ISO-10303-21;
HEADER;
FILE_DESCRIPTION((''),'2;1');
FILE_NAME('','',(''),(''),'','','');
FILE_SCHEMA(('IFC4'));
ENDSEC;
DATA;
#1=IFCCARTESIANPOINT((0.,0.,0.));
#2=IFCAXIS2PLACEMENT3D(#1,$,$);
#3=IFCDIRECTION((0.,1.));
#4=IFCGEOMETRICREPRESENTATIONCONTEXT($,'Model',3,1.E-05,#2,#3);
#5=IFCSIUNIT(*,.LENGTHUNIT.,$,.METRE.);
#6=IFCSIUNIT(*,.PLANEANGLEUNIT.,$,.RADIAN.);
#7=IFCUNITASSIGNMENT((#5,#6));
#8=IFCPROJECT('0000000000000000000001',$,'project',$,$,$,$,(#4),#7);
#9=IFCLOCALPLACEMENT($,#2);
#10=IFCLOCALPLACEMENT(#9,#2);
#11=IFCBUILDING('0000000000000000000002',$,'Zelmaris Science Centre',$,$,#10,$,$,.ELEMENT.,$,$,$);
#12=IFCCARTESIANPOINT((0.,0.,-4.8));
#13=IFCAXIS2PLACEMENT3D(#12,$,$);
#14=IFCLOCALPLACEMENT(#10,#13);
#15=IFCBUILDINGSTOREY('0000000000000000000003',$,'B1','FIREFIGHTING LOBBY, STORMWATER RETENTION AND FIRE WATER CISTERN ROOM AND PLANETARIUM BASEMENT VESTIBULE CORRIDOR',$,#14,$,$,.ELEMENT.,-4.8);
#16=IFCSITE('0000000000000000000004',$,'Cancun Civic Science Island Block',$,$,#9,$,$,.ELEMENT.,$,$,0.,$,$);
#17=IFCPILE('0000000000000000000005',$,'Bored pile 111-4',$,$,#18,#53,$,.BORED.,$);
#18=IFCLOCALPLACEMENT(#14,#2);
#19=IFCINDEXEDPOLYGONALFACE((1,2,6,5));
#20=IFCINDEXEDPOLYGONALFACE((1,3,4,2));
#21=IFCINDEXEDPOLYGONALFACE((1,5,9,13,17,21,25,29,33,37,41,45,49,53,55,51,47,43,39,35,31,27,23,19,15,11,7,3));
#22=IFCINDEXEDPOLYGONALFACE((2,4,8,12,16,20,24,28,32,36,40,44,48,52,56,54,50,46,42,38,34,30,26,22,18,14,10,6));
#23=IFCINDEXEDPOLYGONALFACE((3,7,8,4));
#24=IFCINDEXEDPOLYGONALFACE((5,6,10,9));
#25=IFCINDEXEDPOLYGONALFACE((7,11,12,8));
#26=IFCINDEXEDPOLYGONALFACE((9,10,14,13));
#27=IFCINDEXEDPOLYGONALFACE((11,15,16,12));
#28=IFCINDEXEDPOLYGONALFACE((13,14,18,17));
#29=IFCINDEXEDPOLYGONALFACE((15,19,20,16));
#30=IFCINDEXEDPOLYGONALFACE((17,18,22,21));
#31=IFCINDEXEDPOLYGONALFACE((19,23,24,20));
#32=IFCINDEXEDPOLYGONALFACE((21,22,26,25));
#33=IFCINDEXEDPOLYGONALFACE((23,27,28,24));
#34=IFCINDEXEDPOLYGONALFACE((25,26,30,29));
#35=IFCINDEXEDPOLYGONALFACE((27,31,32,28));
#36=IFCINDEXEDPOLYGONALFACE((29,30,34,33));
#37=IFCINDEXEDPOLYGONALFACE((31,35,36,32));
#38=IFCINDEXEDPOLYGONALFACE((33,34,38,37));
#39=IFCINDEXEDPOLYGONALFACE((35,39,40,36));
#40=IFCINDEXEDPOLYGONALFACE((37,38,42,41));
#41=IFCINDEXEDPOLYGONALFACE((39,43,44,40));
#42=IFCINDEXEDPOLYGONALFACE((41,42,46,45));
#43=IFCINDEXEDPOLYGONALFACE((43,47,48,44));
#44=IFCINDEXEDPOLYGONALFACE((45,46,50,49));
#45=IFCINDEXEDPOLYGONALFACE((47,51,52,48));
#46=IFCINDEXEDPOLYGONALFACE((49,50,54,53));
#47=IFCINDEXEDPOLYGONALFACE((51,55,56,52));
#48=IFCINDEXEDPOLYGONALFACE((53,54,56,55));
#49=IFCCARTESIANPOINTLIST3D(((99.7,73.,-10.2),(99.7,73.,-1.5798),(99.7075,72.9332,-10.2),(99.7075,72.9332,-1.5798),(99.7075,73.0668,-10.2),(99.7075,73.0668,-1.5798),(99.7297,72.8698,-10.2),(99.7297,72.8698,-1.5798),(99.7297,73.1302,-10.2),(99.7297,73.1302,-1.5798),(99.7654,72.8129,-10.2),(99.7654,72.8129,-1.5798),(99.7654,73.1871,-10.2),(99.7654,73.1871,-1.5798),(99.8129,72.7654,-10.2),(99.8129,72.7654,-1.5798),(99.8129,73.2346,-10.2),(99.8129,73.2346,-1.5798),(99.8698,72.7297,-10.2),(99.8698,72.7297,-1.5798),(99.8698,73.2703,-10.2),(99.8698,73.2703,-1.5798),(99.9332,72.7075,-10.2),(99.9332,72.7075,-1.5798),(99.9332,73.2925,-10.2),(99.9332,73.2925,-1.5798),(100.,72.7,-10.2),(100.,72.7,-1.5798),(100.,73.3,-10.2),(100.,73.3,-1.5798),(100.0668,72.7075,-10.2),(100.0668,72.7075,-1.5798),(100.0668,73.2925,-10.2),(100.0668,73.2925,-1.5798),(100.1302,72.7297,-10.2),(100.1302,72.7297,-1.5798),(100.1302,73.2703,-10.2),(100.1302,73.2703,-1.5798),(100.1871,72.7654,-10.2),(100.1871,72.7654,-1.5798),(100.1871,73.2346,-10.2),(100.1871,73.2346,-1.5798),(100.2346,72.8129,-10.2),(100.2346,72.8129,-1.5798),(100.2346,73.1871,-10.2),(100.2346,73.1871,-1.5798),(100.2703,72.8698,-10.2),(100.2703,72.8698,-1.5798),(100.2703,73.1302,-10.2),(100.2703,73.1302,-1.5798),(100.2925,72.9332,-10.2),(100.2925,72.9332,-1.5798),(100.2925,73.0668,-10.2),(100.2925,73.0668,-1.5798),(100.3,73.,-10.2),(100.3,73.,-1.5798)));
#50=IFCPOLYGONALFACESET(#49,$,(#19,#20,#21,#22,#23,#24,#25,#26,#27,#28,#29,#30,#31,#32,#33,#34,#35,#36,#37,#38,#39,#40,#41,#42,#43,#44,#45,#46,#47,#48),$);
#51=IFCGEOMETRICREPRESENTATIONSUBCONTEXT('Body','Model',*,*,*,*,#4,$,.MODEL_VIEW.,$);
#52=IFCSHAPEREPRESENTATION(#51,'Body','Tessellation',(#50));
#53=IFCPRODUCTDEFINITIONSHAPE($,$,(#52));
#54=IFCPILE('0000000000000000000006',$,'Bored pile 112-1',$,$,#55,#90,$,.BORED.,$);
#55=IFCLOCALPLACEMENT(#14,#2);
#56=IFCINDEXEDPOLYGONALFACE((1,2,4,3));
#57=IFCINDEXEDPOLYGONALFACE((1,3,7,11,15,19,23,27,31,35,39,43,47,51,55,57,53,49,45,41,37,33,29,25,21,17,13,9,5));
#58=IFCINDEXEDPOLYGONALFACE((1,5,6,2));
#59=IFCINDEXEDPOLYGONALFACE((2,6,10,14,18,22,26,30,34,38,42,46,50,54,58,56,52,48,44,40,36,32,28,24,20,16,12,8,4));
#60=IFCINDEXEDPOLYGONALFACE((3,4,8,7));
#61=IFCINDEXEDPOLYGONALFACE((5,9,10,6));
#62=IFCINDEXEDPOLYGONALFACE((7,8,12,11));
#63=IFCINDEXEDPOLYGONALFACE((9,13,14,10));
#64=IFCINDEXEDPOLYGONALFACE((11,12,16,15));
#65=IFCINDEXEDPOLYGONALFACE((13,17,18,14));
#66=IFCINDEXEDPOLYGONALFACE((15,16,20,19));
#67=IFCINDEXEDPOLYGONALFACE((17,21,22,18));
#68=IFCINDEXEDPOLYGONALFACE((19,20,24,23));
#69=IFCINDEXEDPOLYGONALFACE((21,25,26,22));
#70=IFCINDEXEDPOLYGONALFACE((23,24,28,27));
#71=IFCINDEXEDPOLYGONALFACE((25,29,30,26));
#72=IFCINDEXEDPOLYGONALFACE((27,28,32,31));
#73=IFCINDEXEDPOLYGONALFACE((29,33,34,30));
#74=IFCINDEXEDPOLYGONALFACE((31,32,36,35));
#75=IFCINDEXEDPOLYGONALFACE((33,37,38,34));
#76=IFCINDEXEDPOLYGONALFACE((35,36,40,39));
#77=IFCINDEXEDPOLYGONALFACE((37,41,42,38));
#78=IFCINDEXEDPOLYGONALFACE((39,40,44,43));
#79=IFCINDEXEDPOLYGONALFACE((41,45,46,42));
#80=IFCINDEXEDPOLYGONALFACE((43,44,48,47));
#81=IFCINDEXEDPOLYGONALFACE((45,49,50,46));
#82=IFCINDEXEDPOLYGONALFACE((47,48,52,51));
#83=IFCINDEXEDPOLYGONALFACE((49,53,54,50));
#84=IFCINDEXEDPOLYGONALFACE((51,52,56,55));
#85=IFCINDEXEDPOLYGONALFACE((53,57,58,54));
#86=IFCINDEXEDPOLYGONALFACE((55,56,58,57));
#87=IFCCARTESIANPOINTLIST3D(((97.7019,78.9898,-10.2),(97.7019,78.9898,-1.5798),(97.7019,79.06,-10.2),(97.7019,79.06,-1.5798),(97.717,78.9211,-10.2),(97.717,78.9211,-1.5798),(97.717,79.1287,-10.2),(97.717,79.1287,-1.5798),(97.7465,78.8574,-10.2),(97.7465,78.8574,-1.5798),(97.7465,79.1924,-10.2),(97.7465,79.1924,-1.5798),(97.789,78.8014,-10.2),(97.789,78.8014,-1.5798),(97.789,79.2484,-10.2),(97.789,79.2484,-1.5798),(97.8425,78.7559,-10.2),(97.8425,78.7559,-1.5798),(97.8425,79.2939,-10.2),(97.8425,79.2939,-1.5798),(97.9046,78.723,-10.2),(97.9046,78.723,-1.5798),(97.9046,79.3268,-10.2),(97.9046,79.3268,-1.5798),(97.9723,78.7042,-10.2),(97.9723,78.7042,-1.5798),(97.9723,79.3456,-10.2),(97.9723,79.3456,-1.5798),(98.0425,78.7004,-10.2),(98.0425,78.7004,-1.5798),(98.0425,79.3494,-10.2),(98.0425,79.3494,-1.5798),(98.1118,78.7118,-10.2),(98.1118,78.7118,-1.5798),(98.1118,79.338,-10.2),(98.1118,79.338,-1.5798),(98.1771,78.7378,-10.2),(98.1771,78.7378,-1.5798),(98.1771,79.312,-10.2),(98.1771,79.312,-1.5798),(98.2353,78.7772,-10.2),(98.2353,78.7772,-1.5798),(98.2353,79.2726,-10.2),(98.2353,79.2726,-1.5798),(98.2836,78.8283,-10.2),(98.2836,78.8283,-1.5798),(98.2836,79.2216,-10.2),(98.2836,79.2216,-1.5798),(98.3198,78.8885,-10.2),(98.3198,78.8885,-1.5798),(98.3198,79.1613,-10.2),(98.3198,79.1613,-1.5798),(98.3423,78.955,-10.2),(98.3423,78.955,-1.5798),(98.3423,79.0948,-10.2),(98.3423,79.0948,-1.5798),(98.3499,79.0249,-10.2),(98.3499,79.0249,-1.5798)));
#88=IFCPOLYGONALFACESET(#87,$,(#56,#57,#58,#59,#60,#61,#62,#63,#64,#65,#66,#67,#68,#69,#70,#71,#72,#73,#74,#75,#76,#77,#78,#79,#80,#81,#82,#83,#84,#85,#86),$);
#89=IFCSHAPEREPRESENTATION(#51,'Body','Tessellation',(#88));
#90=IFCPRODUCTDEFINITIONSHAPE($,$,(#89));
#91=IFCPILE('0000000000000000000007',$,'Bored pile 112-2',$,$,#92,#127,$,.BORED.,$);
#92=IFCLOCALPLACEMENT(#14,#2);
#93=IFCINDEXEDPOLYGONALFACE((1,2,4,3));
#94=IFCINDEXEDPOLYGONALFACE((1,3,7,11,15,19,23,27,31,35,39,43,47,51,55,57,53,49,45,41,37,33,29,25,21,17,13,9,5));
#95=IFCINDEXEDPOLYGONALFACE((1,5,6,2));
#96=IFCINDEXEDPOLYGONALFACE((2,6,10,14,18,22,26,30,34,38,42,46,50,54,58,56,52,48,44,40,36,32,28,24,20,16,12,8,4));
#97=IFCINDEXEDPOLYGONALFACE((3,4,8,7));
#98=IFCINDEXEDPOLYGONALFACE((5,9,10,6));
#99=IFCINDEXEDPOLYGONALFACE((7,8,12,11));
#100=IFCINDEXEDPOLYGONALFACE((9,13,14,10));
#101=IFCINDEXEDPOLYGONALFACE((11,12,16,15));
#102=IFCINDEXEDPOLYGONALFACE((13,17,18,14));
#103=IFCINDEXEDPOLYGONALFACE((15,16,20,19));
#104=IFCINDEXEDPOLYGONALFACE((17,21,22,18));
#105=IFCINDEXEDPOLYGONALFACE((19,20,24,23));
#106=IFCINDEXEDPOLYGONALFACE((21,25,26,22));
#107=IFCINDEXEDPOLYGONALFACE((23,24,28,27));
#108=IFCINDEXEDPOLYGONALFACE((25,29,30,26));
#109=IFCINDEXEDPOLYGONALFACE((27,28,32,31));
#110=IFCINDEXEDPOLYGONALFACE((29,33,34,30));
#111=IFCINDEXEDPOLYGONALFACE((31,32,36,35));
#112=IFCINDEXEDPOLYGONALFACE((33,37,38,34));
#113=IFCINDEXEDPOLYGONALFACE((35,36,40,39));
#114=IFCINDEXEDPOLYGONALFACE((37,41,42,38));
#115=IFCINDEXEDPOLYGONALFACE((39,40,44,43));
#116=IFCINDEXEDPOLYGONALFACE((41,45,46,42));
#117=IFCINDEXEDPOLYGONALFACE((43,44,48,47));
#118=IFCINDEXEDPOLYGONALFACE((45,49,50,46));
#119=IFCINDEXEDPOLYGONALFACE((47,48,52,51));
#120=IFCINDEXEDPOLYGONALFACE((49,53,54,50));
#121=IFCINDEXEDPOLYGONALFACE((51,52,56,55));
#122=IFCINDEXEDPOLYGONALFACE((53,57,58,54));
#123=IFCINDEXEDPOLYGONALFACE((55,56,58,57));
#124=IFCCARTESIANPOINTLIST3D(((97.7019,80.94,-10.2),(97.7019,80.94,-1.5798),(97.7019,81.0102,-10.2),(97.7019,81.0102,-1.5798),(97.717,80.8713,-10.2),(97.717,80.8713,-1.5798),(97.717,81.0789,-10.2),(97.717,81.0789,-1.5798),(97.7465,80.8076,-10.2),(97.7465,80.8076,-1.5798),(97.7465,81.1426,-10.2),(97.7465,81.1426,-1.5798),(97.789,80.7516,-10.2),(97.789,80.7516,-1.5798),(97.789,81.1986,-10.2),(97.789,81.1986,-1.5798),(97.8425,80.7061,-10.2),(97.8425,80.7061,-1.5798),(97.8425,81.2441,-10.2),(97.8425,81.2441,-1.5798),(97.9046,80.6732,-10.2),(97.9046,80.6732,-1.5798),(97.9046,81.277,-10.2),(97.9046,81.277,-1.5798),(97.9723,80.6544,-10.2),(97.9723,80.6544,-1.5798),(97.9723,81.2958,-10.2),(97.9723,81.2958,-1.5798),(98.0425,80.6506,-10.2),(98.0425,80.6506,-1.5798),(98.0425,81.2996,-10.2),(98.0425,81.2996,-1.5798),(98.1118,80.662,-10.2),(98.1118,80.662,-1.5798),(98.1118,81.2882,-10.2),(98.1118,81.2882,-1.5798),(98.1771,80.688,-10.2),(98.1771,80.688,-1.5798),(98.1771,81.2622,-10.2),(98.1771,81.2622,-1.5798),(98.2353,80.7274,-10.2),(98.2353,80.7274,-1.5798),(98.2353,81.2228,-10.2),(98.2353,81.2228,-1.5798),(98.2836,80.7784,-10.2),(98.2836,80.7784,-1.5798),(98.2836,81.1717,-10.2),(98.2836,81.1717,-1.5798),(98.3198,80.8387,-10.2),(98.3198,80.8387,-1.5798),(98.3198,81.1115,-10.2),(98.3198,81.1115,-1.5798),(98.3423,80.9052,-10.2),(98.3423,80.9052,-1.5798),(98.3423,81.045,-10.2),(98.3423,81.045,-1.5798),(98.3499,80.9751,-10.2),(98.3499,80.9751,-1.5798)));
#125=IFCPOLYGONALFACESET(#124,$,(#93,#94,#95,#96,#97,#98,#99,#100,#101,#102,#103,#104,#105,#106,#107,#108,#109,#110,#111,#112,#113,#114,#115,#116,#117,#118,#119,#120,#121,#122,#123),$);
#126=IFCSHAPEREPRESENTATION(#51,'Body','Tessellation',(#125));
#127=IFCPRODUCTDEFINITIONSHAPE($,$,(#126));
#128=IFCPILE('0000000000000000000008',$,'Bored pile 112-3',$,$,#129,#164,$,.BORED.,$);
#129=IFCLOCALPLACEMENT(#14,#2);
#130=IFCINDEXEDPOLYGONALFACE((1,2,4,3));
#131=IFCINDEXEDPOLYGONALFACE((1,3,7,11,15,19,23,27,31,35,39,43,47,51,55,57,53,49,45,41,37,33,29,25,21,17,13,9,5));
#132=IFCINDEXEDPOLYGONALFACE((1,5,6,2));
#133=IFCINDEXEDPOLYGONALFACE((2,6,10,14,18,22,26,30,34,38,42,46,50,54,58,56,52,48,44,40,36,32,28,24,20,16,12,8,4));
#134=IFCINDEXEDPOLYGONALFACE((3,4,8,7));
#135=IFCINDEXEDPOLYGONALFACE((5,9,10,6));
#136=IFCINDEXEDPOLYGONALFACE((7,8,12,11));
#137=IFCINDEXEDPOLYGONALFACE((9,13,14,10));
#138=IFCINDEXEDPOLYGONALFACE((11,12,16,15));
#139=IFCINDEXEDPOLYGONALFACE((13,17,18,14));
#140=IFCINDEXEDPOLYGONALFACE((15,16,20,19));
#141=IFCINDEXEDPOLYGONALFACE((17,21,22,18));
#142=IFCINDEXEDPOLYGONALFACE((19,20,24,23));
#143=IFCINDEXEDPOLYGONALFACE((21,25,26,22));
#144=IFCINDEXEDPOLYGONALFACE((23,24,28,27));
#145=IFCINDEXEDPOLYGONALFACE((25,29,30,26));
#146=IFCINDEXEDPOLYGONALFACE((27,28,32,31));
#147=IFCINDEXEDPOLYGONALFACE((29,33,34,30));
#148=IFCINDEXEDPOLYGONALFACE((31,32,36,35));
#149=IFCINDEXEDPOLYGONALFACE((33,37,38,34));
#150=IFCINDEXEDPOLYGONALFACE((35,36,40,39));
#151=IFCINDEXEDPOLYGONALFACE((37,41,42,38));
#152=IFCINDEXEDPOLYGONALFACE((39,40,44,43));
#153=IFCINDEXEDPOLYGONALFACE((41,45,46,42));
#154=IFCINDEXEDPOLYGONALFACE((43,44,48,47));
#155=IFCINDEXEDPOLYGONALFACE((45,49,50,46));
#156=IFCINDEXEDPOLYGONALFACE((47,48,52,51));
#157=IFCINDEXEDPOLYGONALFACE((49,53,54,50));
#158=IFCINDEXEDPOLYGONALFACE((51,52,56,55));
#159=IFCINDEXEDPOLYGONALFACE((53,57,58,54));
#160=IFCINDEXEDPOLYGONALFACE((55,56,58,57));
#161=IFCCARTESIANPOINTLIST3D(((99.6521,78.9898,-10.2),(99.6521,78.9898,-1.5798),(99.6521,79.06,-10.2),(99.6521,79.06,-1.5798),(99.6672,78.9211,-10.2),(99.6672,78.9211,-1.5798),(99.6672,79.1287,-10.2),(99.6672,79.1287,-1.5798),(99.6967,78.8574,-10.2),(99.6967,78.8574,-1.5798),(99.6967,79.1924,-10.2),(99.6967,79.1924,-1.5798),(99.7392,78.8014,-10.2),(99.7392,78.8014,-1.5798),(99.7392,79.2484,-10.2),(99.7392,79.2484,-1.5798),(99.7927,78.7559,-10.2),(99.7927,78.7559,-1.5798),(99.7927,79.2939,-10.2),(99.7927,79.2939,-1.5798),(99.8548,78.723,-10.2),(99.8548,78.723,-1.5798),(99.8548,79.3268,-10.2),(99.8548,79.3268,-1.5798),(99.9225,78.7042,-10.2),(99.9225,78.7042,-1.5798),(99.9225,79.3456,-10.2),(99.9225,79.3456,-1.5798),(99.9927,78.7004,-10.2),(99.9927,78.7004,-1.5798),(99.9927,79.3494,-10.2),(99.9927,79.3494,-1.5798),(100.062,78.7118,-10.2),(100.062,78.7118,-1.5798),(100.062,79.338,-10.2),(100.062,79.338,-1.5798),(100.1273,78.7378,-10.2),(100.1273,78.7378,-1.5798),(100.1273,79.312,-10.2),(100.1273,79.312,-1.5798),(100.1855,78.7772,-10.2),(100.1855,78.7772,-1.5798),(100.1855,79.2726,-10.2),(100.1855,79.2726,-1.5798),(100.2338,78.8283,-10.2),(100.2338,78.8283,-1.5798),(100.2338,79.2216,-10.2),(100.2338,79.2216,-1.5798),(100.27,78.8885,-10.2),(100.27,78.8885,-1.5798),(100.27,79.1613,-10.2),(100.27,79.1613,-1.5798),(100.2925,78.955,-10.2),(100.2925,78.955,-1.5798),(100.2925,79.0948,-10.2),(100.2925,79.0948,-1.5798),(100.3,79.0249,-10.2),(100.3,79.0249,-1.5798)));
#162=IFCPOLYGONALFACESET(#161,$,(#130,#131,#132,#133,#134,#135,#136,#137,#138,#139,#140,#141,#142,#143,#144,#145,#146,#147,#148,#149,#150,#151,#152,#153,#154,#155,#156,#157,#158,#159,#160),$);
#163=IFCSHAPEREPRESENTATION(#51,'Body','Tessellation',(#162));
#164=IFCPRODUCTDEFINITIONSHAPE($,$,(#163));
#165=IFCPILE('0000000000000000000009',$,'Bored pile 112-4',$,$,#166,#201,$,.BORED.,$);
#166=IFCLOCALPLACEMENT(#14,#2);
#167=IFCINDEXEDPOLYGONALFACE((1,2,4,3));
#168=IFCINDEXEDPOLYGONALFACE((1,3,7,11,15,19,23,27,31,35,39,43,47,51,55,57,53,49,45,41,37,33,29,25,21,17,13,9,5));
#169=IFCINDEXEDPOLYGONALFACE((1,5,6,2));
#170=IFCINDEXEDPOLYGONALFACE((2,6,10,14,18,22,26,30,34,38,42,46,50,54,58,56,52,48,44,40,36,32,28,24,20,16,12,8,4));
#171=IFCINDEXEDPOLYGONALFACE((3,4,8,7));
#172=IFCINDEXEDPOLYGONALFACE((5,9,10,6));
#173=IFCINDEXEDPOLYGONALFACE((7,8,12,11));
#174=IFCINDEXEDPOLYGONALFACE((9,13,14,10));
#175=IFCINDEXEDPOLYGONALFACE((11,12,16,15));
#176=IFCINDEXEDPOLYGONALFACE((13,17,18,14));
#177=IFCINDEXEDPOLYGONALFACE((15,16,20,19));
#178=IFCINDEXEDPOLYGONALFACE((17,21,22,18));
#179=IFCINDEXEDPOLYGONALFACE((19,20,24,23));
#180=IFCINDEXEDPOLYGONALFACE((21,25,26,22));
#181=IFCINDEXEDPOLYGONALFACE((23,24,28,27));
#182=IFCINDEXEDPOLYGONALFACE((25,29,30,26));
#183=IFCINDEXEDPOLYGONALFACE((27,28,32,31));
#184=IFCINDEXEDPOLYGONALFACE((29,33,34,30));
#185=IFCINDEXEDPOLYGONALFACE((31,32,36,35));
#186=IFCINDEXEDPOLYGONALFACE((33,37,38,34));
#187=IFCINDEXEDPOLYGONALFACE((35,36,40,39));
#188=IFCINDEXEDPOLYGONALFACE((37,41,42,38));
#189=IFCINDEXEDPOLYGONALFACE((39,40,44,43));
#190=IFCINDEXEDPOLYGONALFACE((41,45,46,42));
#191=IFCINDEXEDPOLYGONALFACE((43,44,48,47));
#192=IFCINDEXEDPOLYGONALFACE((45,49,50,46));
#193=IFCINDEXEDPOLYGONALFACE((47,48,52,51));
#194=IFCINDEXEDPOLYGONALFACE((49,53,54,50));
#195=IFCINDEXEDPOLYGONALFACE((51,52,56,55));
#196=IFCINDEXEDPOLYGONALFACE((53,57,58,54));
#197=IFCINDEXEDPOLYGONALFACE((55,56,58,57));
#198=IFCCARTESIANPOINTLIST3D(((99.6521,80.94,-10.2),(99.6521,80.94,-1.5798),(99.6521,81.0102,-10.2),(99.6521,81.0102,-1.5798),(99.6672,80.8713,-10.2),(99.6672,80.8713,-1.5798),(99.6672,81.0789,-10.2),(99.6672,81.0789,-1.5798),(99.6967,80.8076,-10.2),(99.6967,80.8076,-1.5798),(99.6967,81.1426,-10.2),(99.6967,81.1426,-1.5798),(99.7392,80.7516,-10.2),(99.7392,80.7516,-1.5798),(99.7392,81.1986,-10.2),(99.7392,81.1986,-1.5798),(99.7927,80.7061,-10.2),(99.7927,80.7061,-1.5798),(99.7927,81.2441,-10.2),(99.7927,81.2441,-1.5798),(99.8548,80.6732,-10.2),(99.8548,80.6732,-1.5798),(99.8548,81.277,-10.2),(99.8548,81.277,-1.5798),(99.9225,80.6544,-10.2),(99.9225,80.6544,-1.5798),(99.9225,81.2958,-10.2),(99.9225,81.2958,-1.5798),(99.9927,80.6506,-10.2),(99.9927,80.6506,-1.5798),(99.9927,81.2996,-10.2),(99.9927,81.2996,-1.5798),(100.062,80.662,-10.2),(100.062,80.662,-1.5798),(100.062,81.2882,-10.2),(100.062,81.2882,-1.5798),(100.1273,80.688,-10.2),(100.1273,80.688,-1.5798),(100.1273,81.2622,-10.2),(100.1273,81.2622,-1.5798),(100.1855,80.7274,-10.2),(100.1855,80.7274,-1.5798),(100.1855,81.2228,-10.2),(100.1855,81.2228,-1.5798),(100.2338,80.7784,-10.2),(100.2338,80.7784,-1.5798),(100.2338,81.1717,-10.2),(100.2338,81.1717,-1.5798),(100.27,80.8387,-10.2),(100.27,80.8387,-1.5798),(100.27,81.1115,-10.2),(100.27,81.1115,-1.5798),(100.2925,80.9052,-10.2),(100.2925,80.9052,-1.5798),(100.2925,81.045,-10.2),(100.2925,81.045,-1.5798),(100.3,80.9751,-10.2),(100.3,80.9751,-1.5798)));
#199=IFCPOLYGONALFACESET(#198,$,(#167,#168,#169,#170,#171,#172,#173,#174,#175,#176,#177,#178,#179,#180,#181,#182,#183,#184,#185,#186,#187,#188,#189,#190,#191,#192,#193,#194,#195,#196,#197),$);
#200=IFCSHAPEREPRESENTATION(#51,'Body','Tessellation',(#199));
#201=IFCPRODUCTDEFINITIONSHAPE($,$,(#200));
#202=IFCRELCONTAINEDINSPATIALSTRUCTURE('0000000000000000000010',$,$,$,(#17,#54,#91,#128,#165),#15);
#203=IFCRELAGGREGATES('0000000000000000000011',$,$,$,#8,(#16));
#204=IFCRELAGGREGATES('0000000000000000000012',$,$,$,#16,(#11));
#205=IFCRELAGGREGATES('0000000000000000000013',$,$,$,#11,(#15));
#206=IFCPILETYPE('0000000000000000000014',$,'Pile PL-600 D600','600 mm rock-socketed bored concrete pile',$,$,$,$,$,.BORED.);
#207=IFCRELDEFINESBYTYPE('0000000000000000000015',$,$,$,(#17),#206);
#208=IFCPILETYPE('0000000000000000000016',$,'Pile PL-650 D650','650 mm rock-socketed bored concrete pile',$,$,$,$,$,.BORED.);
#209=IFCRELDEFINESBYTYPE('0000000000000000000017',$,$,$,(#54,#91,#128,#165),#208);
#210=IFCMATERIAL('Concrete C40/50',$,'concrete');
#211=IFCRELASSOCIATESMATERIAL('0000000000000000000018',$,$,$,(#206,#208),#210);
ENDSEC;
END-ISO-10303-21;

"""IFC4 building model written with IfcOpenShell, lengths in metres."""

from ifc_helpers import new_model, si_unit, direction, frame, origin, origin_2d, place, context, subcontext, project, spatial, circle, extrude, material, material_profile, profile_set, type_object, element, save


model = new_model("IFC4")

# Units and contexts
model_context = context("Model", 3, precision=1e-05, world=origin(), true_north=direction((0.0, 1.0)))
body_context = subcontext(model_context, "Body", "Model", "MODEL_VIEW")
ifc_project = project(units=[si_unit("LENGTHUNIT", "METRE"), si_unit("PLANEANGLEUNIT", "RADIAN")], contexts=[model_context])

# Site, building, storey
site_placement = place(None, origin())
site = spatial("IfcSite", under=ifc_project, at=site_placement, Name="Cancun Civic Science Island Block", CompositionType="ELEMENT", RefElevation=0.0)
building_placement = place(site_placement, origin())
building = spatial("IfcBuilding", under=site, at=building_placement, Name="Zelmaris Science Centre", CompositionType="ELEMENT")
storey_placement = place(building_placement, frame((0.0, 0.0, -4.8)))
storey = spatial("IfcBuildingStorey", under=building, at=storey_placement, Name="B1", Description="FIREFIGHTING LOBBY, STORMWATER RETENTION AND FIRE WATER CISTERN ROOM AND PLANETARIUM BASEMENT VESTIBULE CORRIDOR", CompositionType="ELEMENT", Elevation=-4.8)

# Shared definitions
ifc_material_1 = material(Name="Concrete C40/50", Category="concrete")

# Piles
ifc_material_profile_1 = material_profile(ifc_material_1, circle(Radius=0.3, at=origin_2d()), Name="PILE-600")
ifc_profile_set_1 = profile_set([ifc_material_profile_1], Name="Concrete C40/50")
pile_type_1 = type_object("IfcPileType", Name="Pile PL-600 D600", Description="600 mm rock-socketed bored concrete pile", PredefinedType="BORED", material=ifc_profile_set_1)
for number, where, z_axis, x_axis, name in (
    (1, (100.0, 73.0, -1.5798), (0.0, 0.0, -1.0), (1.0, 0.0, 0.0), "Bored pile 111-4"),
):
    element("IfcPile", number, at=place(storey_placement, frame(where, z_axis=z_axis, x_axis=x_axis)), inside=storey, type_object=pile_type_1, Name=name, PredefinedType="BORED", context=body_context, shape_type="SweptSolid", body=[
        extrude(circle(Radius=0.3, at=origin_2d()), origin(), (0.0, 0.0, 1.0), 8.6201),
    ])
ifc_material_profile_2 = material_profile(ifc_material_1, circle(Radius=0.325, at=origin_2d()), Name="PILE-650")
ifc_profile_set_2 = profile_set([ifc_material_profile_2], Name="Concrete C40/50")
pile_type_2 = type_object("IfcPileType", Name="Pile PL-650 D650", Description="650 mm rock-socketed bored concrete pile", PredefinedType="BORED", material=ifc_profile_set_2)
for number, where, z_axis, x_axis, name in (
    (2, (98.0249, 79.0249, -1.5798), (0.0, 0.0, -1.0), (1.0, 0.0, 0.0), "Bored pile 112-1"),
    (3, (98.0249, 80.9751, -1.5798), (0.0, 0.0, -1.0), (1.0, 0.0, 0.0), "Bored pile 112-2"),
    (4, (99.9751, 79.0249, -1.5798), (0.0, 0.0, -1.0), (1.0, 0.0, 0.0), "Bored pile 112-3"),
    (5, (99.9751, 80.9751, -1.5798), (0.0, 0.0, -1.0), (1.0, 0.0, 0.0), "Bored pile 112-4"),
):
    element("IfcPile", number, at=place(storey_placement, frame(where, z_axis=z_axis, x_axis=x_axis)), inside=storey, type_object=pile_type_2, Name=name, PredefinedType="BORED", context=body_context, shape_type="SweptSolid", body=[
        extrude(circle(Radius=0.325, at=origin_2d()), origin(), (0.0, 0.0, 1.0), 8.6201),
    ])

save(model, "model.ifc")
